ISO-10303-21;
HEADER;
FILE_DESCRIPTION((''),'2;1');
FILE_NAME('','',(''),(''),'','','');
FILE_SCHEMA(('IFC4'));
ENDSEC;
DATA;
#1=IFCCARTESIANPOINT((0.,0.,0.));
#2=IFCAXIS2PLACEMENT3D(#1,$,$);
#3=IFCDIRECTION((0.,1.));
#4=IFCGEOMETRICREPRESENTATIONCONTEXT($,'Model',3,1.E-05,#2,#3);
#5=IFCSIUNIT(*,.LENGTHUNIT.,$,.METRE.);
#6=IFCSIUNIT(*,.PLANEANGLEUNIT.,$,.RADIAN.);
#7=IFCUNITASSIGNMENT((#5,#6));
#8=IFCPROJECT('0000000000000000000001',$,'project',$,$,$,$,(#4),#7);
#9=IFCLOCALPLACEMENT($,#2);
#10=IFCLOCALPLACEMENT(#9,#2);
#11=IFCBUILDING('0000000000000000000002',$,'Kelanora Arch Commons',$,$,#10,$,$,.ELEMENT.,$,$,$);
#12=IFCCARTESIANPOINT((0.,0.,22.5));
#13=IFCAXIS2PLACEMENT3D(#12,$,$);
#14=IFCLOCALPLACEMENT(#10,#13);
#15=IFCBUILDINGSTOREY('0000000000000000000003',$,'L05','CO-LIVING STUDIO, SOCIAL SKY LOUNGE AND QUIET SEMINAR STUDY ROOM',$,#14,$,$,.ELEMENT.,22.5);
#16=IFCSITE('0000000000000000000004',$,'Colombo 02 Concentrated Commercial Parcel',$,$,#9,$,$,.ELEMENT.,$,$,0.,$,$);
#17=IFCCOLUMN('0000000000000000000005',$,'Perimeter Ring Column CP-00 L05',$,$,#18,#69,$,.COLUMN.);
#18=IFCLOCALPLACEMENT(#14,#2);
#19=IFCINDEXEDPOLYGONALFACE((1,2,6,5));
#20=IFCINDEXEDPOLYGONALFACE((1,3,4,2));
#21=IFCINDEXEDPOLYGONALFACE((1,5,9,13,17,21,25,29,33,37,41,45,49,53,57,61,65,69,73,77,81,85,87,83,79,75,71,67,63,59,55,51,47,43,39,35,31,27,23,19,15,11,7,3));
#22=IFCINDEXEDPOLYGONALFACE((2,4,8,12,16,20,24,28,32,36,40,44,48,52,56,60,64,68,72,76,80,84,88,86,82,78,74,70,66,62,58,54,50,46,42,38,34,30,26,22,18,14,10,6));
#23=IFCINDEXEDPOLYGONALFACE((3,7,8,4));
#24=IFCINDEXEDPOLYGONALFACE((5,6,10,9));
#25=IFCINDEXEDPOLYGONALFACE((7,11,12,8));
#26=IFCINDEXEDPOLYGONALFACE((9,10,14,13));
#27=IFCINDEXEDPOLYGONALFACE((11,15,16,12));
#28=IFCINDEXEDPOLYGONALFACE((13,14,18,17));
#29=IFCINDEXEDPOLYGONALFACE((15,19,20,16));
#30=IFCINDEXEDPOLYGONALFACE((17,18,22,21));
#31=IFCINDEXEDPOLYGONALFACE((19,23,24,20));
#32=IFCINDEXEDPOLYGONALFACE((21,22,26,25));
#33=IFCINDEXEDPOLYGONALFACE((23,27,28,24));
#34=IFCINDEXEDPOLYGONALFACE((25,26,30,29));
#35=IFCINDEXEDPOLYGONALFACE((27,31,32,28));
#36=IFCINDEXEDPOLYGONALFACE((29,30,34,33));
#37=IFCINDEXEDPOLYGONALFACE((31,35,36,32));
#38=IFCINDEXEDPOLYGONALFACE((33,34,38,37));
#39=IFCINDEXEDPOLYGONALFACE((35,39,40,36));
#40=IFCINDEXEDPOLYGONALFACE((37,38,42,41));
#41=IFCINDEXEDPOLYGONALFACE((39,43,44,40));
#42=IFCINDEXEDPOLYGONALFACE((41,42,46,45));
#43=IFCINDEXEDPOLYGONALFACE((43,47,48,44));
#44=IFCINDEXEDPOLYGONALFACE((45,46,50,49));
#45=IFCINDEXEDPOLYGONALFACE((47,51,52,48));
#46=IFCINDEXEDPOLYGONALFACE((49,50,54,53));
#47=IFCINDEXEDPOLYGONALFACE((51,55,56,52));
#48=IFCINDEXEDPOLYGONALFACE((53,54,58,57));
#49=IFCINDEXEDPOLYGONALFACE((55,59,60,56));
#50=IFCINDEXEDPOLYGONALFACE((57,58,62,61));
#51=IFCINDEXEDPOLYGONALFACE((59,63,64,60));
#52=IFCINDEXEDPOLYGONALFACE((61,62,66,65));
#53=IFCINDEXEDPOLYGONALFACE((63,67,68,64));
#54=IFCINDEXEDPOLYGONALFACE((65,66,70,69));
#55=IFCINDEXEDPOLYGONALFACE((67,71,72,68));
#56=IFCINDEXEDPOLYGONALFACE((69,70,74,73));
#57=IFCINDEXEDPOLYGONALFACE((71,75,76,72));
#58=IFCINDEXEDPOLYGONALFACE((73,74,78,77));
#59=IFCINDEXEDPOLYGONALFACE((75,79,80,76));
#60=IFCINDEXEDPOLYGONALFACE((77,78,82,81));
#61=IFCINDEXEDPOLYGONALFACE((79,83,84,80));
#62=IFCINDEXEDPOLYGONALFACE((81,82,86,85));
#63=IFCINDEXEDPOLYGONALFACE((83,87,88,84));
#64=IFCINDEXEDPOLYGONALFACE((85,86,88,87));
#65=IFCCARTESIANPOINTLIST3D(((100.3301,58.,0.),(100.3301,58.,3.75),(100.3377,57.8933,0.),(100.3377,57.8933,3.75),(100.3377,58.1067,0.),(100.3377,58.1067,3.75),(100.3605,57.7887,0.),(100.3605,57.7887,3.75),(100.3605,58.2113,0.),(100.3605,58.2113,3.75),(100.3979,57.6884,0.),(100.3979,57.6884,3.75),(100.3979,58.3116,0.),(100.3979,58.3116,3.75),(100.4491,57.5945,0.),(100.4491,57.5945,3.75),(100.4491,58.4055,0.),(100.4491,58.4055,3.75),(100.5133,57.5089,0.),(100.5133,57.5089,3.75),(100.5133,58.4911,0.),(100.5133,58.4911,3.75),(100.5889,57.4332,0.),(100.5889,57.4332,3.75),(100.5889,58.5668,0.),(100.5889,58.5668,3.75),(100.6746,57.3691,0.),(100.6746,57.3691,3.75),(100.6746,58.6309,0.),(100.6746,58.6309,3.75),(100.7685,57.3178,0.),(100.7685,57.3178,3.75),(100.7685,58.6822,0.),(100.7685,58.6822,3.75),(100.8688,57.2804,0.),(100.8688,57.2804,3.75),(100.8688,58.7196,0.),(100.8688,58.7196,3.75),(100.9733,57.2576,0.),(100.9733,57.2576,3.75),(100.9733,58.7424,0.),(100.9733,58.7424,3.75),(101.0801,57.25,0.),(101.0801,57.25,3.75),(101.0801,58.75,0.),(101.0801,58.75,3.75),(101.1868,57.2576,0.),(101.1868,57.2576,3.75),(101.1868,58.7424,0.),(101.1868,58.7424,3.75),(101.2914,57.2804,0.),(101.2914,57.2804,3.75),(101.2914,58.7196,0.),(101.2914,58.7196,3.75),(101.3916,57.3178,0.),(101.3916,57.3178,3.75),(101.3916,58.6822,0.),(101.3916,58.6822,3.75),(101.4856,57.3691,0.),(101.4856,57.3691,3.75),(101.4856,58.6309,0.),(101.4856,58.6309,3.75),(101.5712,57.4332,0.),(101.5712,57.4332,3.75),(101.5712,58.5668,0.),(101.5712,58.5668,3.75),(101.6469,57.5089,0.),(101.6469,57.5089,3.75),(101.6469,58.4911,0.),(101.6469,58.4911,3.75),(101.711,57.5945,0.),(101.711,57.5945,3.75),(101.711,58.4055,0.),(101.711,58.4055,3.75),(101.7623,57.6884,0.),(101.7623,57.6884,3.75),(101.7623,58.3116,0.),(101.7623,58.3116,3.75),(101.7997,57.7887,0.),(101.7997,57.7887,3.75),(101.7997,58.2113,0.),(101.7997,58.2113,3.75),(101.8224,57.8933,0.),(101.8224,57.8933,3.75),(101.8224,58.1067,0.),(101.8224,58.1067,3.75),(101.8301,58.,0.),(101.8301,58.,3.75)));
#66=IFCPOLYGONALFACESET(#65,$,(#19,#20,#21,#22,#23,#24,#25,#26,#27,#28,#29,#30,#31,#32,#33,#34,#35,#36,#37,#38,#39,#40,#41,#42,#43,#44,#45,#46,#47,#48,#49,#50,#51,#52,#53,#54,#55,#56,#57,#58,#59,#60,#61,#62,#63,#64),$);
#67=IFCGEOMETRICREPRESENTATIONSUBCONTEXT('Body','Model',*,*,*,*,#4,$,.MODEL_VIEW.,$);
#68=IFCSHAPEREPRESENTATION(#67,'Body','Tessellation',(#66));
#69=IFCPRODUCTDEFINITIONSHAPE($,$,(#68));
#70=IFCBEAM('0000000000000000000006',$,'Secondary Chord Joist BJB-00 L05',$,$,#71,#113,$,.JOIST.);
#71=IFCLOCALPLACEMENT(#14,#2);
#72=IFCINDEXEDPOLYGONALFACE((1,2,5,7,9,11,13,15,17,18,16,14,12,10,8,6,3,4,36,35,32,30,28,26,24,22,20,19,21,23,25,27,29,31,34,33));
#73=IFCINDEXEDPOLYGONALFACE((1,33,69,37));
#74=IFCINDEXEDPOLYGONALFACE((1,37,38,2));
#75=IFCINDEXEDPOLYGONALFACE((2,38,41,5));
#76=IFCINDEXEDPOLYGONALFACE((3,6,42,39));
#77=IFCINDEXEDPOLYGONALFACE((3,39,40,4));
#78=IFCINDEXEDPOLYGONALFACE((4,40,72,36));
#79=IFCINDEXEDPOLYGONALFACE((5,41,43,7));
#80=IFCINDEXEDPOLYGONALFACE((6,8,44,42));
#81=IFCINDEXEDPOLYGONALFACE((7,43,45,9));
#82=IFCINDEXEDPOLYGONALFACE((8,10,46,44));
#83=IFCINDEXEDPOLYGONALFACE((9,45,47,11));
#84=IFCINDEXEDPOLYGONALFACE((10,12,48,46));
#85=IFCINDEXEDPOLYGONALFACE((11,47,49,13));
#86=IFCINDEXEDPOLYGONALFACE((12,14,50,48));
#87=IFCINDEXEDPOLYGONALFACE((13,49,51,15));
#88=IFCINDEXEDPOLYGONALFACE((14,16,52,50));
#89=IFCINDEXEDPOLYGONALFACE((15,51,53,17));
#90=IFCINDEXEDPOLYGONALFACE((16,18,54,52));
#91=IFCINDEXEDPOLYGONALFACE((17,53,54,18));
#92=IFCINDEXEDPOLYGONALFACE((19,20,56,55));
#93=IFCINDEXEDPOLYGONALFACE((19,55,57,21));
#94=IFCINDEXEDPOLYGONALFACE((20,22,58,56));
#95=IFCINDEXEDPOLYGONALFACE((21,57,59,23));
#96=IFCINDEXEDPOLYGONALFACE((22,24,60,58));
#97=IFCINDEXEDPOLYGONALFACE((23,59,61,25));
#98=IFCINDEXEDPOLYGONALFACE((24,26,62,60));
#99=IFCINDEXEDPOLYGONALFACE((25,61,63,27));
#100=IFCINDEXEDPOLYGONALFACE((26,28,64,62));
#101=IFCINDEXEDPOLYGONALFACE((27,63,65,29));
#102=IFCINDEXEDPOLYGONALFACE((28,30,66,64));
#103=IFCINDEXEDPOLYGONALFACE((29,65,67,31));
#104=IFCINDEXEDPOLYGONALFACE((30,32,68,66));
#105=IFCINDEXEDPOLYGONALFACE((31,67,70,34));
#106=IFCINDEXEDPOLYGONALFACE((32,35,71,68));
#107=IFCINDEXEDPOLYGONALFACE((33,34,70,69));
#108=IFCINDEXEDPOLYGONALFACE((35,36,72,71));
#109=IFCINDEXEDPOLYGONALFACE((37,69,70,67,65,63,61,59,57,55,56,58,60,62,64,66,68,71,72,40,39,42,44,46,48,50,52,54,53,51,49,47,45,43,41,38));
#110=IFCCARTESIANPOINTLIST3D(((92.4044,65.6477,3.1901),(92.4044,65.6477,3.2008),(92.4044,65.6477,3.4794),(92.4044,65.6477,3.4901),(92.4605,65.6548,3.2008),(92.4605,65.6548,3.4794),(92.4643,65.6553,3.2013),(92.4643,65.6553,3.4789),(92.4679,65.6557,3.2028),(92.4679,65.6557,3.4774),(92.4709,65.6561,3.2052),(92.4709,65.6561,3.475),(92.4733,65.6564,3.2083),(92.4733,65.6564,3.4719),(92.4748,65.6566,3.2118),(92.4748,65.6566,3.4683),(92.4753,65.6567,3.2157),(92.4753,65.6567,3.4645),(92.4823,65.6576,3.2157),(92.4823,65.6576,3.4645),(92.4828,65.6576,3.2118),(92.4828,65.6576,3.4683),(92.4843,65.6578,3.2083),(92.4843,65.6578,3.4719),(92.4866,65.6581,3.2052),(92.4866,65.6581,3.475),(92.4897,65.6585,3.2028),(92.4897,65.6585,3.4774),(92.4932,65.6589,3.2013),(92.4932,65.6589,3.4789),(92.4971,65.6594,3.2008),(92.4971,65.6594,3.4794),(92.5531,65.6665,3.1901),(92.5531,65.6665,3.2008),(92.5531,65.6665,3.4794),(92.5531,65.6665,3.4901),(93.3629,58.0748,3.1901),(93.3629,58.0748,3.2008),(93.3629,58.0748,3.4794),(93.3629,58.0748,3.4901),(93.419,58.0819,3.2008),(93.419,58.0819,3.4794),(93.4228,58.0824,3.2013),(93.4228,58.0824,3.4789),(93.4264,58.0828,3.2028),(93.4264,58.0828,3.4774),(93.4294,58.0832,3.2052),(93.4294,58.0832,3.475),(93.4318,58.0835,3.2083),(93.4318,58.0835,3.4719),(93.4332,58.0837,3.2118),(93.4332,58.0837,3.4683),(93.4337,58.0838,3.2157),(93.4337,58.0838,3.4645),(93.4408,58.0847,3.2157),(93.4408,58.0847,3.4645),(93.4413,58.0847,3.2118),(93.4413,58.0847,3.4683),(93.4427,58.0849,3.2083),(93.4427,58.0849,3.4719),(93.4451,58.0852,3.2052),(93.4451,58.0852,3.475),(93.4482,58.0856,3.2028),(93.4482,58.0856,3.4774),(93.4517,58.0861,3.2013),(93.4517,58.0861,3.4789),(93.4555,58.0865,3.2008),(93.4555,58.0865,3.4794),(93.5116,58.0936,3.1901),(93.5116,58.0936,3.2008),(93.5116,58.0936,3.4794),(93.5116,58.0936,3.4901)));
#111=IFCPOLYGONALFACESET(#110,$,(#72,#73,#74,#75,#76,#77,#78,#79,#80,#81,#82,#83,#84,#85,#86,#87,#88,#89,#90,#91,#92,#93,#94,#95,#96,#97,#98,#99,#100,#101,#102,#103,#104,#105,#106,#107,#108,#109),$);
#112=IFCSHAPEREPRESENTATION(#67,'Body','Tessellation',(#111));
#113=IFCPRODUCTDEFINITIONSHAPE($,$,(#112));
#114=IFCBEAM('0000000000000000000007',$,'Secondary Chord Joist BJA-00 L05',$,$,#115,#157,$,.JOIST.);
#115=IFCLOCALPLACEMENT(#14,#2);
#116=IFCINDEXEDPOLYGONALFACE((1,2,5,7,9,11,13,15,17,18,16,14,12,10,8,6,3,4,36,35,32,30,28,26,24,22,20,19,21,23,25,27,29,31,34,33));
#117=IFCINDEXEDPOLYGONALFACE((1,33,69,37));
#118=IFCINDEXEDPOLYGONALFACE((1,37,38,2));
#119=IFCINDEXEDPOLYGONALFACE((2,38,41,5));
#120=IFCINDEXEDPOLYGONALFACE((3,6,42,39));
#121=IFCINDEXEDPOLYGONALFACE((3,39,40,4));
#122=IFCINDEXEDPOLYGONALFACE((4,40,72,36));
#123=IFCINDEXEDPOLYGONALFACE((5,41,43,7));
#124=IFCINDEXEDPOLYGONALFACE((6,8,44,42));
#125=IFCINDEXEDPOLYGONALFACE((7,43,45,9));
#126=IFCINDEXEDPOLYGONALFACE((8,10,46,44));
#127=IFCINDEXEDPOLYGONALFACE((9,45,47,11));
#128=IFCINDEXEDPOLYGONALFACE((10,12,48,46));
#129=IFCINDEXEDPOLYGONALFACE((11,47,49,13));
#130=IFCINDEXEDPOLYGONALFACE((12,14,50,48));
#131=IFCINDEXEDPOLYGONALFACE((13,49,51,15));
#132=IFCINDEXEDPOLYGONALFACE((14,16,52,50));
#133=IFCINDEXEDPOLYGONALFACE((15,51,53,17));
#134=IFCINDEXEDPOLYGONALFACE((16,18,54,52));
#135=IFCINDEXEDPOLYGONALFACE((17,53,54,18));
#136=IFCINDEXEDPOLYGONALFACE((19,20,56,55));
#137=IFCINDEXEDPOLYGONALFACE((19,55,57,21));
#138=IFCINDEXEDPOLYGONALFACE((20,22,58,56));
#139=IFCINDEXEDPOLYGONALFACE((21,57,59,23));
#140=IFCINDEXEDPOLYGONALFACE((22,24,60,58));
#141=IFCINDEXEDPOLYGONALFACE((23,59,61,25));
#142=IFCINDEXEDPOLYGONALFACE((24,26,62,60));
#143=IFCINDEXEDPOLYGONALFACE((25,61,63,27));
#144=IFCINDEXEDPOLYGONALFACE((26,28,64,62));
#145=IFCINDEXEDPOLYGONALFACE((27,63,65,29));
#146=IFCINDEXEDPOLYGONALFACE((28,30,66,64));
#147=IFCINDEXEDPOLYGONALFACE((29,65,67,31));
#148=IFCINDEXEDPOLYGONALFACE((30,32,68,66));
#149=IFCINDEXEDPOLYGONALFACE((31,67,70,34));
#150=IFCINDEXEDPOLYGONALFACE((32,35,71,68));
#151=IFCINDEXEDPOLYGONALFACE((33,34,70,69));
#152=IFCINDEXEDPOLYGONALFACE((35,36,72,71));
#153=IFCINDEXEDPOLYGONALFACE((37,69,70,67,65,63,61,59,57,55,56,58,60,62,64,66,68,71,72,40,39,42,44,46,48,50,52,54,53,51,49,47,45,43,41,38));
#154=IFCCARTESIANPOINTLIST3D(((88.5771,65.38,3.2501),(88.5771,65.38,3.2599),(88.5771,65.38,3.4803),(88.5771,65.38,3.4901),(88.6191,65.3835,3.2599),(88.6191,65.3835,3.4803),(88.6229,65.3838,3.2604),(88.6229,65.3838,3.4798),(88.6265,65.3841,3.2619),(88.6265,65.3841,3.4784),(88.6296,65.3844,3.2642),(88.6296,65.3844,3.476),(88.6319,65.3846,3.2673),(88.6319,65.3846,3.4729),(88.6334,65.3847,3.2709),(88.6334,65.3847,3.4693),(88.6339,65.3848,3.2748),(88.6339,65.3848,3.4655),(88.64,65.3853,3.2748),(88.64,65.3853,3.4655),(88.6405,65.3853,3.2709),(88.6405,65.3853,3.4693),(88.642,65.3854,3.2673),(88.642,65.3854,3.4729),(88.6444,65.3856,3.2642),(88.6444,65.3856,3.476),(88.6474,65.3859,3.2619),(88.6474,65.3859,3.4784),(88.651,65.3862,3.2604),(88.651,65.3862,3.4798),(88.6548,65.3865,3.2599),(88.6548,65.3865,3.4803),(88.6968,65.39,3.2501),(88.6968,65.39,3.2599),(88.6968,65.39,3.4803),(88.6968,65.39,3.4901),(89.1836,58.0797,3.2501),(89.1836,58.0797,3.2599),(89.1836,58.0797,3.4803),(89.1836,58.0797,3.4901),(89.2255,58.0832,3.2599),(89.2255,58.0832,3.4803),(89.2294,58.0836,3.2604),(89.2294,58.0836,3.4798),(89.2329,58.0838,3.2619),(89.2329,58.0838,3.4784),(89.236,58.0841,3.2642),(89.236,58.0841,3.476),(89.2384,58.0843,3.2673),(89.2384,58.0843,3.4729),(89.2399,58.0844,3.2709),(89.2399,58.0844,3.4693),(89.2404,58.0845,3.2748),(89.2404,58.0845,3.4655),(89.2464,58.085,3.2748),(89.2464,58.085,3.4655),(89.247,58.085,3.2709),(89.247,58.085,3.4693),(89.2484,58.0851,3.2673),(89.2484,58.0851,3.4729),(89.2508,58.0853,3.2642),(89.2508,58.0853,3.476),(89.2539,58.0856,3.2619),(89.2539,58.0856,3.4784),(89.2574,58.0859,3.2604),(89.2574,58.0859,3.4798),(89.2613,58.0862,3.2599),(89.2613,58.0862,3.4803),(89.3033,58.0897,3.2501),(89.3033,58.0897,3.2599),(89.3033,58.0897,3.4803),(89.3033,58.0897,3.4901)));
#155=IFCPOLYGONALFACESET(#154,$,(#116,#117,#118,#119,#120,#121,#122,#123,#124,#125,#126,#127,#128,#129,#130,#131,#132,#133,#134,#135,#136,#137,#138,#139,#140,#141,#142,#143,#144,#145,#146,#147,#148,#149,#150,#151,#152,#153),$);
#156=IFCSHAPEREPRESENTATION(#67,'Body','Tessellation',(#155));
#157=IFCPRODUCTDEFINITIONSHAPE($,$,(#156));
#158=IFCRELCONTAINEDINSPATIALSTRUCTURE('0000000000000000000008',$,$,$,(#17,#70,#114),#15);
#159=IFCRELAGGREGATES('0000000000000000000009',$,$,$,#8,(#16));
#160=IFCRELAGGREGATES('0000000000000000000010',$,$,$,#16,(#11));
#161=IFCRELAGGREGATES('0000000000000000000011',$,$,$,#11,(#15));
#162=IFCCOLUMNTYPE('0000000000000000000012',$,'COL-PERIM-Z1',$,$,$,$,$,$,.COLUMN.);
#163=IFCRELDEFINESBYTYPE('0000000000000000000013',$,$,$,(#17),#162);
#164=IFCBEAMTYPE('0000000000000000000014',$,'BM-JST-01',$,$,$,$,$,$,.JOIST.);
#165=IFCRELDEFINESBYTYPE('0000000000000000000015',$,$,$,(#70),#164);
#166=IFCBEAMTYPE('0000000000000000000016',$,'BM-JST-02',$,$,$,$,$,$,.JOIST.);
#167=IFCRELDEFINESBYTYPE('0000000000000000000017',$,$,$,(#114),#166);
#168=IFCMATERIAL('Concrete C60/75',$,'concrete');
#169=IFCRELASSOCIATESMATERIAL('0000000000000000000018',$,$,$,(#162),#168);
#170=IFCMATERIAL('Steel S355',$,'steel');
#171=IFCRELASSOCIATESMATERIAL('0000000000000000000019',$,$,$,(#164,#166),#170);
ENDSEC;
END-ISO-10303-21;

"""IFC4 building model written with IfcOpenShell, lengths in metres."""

from ifc_helpers import new_model, si_unit, direction, frame, origin, origin_2d, place, context, subcontext, project, spatial, circle, i_section, extrude, material, material_profile, profile_set, type_object, element, save


model = new_model("IFC4")

# Units and contexts
model_context = context("Model", 3, precision=1e-05, world=origin(), true_north=direction((0.0, 1.0)))
body_context = subcontext(model_context, "Body", "Model", "MODEL_VIEW")
ifc_project = project(units=[si_unit("LENGTHUNIT", "METRE"), si_unit("PLANEANGLEUNIT", "RADIAN")], contexts=[model_context])

# Site, building, storey
site_placement = place(None, origin())
site = spatial("IfcSite", under=ifc_project, at=site_placement, Name="Colombo 02 Concentrated Commercial Parcel", CompositionType="ELEMENT", RefElevation=0.0)
building_placement = place(site_placement, origin())
building = spatial("IfcBuilding", under=site, at=building_placement, Name="Kelanora Arch Commons", CompositionType="ELEMENT")
storey_placement = place(building_placement, frame((0.0, 0.0, 22.5)))
storey = spatial("IfcBuildingStorey", under=building, at=storey_placement, Name="L05", Description="CO-LIVING STUDIO, SOCIAL SKY LOUNGE AND QUIET SEMINAR STUDY ROOM", CompositionType="ELEMENT", Elevation=22.5)

# Column
ifc_material_1 = material(Name="Concrete C60/75", Category="concrete")
ifc_material_profile_1 = material_profile(ifc_material_1, circle(Radius=0.75, at=origin_2d()), Name="RCC1500")
ifc_profile_set_1 = profile_set([ifc_material_profile_1], Name="Concrete C60/75")
column_type = type_object("IfcColumnType", Name="COL-PERIM-Z1", PredefinedType="COLUMN", material=ifc_profile_set_1)
column_placement = place(storey_placement, frame((101.0801, 58.0, 0.0), z_axis=(0.0, 0.0, 1.0), x_axis=(1.0, 0.0, 0.0)))
element("IfcColumn", 1, at=column_placement, inside=storey, type_object=column_type, Name="Perimeter Ring Column CP-00 L05", PredefinedType="COLUMN", context=body_context, shape_type="SweptSolid", body=[
    extrude(circle(Radius=0.75, at=origin_2d()), origin(), (0.0, 0.0, 1.0), 3.75),
])

# Beams
ifc_material_2 = material(Name="Steel S355", Category="steel")
ifc_material_profile_2 = material_profile(ifc_material_2, i_section(OverallWidth=0.1499, OverallDepth=0.3, WebThickness=0.0071, FlangeThickness=0.0107, FilletRadius=0.0149, at=origin_2d()), Name="IPE300")
ifc_profile_set_2 = profile_set([ifc_material_profile_2], Name="Steel S355")
beam_type_1 = type_object("IfcBeamType", Name="BM-JST-01", PredefinedType="JOIST", material=ifc_profile_set_2)
beam_1_placement = place(storey_placement, frame((93.4373, 58.0842, 3.3401), z_axis=(-0.125566, 0.992085, 0.0), x_axis=(-0.992085, -0.125566, 0.0)))
element("IfcBeam", 2, at=beam_1_placement, inside=storey, type_object=beam_type_1, Name="Secondary Chord Joist BJB-00 L05", PredefinedType="JOIST", context=body_context, shape_type="SweptSolid", body=[
    extrude(i_section(OverallWidth=0.1499, OverallDepth=0.3, WebThickness=0.0071, FlangeThickness=0.0107, FilletRadius=0.0149, at=origin_2d()), origin(), (0.0, 0.0, 1.0), 7.6333),
])
ifc_material_profile_3 = material_profile(ifc_material_2, i_section(OverallWidth=0.1201, OverallDepth=0.24, WebThickness=0.0061, FlangeThickness=0.0098, FilletRadius=0.0149, at=origin_2d()), Name="IPE240")
ifc_profile_set_3 = profile_set([ifc_material_profile_3], Name="Steel S355")
beam_type_2 = type_object("IfcBeamType", Name="BM-JST-02", PredefinedType="JOIST", material=ifc_profile_set_3)
beam_2_placement = place(storey_placement, frame((89.2434, 58.0847, 3.3701), z_axis=(-0.082786, 0.996567, 0.0), x_axis=(-0.996567, -0.082786, 0.0)))
element("IfcBeam", 3, at=beam_2_placement, inside=storey, type_object=beam_type_2, Name="Secondary Chord Joist BJA-00 L05", PredefinedType="JOIST", context=body_context, shape_type="SweptSolid", body=[
    extrude(i_section(OverallWidth=0.1201, OverallDepth=0.24, WebThickness=0.0061, FlangeThickness=0.0098, FilletRadius=0.0149, at=origin_2d()), origin(), (0.0, 0.0, 1.0), 7.3254),
])

save(model, "model.ifc")
